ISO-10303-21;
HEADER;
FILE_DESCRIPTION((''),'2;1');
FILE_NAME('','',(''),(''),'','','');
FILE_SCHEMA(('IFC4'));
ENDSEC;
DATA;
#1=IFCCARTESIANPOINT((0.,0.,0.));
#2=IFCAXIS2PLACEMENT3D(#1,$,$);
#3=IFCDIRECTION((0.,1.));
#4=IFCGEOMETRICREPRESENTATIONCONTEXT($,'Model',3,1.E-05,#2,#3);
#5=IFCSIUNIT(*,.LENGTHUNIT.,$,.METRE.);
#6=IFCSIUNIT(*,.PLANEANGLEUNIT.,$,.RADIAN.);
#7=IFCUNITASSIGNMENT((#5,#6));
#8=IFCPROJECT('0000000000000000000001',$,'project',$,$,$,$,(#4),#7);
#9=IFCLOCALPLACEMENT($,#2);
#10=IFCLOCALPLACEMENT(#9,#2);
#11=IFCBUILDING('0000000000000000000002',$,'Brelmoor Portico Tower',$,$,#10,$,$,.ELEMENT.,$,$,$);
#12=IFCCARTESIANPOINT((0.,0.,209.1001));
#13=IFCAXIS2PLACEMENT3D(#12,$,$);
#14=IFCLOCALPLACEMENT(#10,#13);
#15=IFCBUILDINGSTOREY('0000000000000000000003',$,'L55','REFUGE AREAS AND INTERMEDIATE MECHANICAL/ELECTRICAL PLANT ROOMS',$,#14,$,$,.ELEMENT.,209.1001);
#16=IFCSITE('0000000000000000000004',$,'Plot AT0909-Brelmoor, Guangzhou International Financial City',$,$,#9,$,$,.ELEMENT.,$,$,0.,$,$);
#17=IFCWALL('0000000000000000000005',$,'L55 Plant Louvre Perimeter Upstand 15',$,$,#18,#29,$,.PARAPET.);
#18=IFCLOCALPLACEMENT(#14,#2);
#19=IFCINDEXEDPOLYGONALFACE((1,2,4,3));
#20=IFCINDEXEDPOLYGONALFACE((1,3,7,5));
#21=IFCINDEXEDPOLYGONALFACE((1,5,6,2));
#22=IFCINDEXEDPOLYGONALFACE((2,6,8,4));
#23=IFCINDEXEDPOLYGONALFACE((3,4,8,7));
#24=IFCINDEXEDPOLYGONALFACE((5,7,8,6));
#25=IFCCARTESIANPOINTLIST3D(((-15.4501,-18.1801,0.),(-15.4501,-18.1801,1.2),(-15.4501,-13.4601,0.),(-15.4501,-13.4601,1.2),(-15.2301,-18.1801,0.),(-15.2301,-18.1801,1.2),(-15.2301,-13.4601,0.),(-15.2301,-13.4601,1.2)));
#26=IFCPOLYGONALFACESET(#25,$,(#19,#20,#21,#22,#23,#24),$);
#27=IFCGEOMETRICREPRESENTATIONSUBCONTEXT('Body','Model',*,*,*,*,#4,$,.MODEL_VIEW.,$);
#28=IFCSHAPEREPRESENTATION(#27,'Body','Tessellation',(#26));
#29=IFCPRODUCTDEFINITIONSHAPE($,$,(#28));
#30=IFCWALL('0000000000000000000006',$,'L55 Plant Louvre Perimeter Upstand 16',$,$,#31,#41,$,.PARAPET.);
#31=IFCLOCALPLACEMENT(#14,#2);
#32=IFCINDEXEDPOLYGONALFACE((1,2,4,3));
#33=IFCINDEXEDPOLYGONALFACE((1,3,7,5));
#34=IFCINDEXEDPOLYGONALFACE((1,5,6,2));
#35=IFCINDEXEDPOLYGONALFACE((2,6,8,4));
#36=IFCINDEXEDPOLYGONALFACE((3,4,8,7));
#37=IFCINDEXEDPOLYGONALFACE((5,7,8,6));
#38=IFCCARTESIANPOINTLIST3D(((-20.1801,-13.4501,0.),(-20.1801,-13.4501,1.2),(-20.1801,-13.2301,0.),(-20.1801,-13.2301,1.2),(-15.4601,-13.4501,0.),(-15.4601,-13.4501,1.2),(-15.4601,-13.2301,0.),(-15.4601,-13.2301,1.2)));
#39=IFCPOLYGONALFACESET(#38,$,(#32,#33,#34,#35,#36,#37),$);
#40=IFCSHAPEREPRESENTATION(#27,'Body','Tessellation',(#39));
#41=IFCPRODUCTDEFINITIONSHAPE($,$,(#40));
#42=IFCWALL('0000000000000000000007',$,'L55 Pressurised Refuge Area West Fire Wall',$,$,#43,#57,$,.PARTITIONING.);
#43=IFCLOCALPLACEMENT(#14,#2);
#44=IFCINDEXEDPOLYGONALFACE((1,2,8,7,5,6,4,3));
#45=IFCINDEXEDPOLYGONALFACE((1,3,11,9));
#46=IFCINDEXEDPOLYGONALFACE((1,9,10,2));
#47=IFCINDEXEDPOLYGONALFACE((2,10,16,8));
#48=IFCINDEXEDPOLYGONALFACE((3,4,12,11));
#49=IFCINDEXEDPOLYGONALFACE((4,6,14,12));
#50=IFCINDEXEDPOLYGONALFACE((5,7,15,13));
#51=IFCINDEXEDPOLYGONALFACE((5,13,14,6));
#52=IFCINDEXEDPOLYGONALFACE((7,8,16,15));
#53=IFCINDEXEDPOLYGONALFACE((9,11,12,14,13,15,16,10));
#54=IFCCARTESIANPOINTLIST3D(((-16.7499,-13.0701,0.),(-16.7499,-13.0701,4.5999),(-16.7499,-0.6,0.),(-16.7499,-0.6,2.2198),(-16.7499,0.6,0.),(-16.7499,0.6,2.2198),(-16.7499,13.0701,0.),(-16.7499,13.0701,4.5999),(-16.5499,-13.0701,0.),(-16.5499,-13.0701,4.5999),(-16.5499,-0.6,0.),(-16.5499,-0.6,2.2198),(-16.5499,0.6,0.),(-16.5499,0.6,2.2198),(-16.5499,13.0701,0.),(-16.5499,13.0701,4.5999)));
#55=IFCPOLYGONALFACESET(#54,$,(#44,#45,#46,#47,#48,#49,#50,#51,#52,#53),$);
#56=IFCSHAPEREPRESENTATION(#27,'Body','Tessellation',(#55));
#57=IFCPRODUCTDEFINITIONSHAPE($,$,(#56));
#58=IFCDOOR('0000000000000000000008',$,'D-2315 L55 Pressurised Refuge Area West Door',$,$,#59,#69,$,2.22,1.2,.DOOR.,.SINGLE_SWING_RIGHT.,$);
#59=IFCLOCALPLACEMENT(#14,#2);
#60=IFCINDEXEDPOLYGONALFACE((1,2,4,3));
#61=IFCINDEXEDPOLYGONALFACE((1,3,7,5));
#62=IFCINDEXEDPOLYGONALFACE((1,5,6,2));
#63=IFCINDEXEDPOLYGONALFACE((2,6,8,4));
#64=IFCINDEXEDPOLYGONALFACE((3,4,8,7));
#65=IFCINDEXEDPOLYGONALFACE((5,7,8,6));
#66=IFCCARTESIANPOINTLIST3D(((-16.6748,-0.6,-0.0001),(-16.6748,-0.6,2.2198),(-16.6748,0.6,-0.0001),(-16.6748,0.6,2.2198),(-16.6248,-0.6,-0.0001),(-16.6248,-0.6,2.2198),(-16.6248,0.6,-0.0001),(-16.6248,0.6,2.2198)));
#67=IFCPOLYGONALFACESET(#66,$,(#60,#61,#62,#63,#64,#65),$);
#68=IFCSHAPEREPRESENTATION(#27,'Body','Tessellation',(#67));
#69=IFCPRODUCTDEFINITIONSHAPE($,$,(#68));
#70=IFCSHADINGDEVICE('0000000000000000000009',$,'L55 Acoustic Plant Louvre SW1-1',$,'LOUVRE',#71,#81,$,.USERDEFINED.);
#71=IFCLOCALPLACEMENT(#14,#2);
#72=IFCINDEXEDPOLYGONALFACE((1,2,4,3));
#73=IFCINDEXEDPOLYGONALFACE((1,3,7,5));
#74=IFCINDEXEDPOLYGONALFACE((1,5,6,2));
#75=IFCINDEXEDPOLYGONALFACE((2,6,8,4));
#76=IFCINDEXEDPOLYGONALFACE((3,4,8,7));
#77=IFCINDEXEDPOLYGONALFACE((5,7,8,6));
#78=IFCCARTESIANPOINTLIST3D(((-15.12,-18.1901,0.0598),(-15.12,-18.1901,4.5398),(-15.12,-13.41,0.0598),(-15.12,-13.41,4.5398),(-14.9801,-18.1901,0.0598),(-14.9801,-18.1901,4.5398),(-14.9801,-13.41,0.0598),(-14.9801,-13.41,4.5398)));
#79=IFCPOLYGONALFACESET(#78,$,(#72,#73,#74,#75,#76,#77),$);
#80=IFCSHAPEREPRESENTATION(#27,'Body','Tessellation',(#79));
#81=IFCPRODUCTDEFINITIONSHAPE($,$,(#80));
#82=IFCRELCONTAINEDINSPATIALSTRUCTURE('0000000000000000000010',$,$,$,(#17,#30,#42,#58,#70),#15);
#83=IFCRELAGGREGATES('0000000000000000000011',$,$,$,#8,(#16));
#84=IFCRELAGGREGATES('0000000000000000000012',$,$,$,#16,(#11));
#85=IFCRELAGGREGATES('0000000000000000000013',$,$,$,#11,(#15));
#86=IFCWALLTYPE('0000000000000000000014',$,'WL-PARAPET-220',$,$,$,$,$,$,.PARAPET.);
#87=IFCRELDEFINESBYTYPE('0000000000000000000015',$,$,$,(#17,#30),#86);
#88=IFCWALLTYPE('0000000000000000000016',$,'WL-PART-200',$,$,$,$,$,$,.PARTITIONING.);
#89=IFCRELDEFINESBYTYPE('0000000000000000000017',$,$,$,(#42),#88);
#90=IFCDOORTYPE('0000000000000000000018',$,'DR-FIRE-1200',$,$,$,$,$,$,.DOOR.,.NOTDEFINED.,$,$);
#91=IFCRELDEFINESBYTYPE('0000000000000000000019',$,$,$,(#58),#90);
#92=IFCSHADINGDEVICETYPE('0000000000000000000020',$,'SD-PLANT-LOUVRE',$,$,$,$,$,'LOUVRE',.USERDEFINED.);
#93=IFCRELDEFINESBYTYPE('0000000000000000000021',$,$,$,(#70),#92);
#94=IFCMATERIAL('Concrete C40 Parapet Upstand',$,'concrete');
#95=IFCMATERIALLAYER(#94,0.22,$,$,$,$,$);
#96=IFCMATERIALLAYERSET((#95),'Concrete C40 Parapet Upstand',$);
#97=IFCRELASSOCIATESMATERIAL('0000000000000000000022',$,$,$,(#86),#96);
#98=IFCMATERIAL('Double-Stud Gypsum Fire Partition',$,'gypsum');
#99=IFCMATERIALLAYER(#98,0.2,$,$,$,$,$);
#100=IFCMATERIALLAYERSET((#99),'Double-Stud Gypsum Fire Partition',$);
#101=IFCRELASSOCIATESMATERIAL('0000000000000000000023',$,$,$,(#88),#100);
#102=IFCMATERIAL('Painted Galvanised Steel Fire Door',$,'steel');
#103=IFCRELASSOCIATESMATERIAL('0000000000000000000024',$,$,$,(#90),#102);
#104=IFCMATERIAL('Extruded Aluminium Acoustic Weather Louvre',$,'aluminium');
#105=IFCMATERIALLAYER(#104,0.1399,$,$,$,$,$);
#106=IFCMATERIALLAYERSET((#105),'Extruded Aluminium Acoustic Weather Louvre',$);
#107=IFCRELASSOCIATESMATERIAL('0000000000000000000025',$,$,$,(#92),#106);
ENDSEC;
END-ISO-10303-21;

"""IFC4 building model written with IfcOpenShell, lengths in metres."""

from ifc_helpers import new_model, si_unit, direction, frame, frame_2d, origin, origin_2d, place, context, subcontext, project, spatial, rectangle, extrude, material, layer, layer_set, type_object, element, fill, save


model = new_model("IFC4")

# Units and contexts
model_context = context("Model", 3, precision=1e-05, world=origin(), true_north=direction((0.0, 1.0)))
body_context = subcontext(model_context, "Body", "Model", "MODEL_VIEW")
ifc_project = project(units=[si_unit("LENGTHUNIT", "METRE"), si_unit("PLANEANGLEUNIT", "RADIAN")], contexts=[model_context])

# Site, building, storey
site_placement = place(None, origin())
site = spatial("IfcSite", under=ifc_project, at=site_placement, Name="Plot AT0909-Brelmoor, Guangzhou International Financial City", CompositionType="ELEMENT", RefElevation=0.0)
building_placement = place(site_placement, origin())
building = spatial("IfcBuilding", under=site, at=building_placement, Name="Brelmoor Portico Tower", CompositionType="ELEMENT")
storey_placement = place(building_placement, frame((0.0, 0.0, 209.1001)))
storey = spatial("IfcBuildingStorey", under=building, at=storey_placement, Name="L55", Description="REFUGE AREAS AND INTERMEDIATE MECHANICAL/ELECTRICAL PLANT ROOMS", CompositionType="ELEMENT", Elevation=209.1001)

# Walls
ifc_material_1 = material(Name="Concrete C40 Parapet Upstand", Category="concrete")
ifc_layer_1 = layer(ifc_material_1, 0.22)
ifc_layer_set_1 = layer_set([ifc_layer_1], Name="Concrete C40 Parapet Upstand")
wall_type_1 = type_object("IfcWallType", Name="WL-PARAPET-220", PredefinedType="PARAPET", material=ifc_layer_set_1)
for number, where, z_axis, x_axis, name in (
    (1, (-15.3401, -18.1799, 0.0), (0.0, 0.0, 1.0), (0.0, 1.0, 0.0), "L55 Plant Louvre Perimeter Upstand 15"),
    (2, (-20.1799, -13.3401, 0.0), (0.0, 0.0, 1.0), (1.0, 0.0, 0.0), "L55 Plant Louvre Perimeter Upstand 16"),
):
    element("IfcWall", number, at=place(storey_placement, frame(where, z_axis=z_axis, x_axis=x_axis)), inside=storey, type_object=wall_type_1, Name=name, PredefinedType="PARAPET", context=body_context, shape_type="SweptSolid", body=[
        extrude(rectangle(XDim=4.72, YDim=0.22, at=frame_2d((2.3599, 0.0))), origin(), (0.0, 0.0, 1.0), 1.2),
    ])

# Wall, opening, door
ifc_material_2 = material(Name="Double-Stud Gypsum Fire Partition", Category="gypsum")
ifc_layer_2 = layer(ifc_material_2, 0.2)
ifc_layer_set_2 = layer_set([ifc_layer_2], Name="Double-Stud Gypsum Fire Partition")
wall_type_2 = type_object("IfcWallType", Name="WL-PART-200", PredefinedType="PARTITIONING", material=ifc_layer_set_2)
wall_1_placement = place(storey_placement, frame((-16.6499, -13.0701, 0.0), z_axis=(0.0, 0.0, 1.0), x_axis=(0.0, 1.0, 0.0)))
wall_1 = element("IfcWall", 3, at=wall_1_placement, inside=storey, type_object=wall_type_2, Name="L55 Pressurised Refuge Area West Fire Wall", PredefinedType="PARTITIONING", context=body_context, shape_type="SweptSolid", body=[
    extrude(rectangle(XDim=26.1401, YDim=0.2, at=frame_2d((13.0701, 0.0))), origin(), (0.0, 0.0, 1.0), 4.5999),
])
opening_placement = place(wall_1_placement, frame((12.47, 0.0, 0.0)))
opening = element("IfcOpeningElement", 4, at=opening_placement, cuts=wall_1, PredefinedType="OPENING", context=body_context, shape_type="SweptSolid", body=[
    extrude(rectangle(XDim=1.2, YDim=2.22, at=frame_2d((0.6001, 1.1099))), frame((0.0, 0.1099, 0.0), z_axis=(0.0, -1.0, 0.0), x_axis=(1.0, 0.0, 0.0)), (0.0, 0.0, 1.0), 0.22),
])
ifc_material_3 = material(Name="Painted Galvanised Steel Fire Door", Category="steel")
door_type = type_object("IfcDoorType", Name="DR-FIRE-1200", OperationType="NOTDEFINED", PredefinedType="DOOR", material=ifc_material_3)
door_placement = place(opening_placement, origin())
door = element("IfcDoor", 5, at=door_placement, inside=storey, type_object=door_type, Name="D-2315 L55 Pressurised Refuge Area West Door", OperationType="SINGLE_SWING_RIGHT", OverallHeight=2.22, OverallWidth=1.2, PredefinedType="DOOR", context=body_context, shape_type="SweptSolid", body=[
    extrude(rectangle(XDim=1.2, YDim=2.22, at=frame_2d((0.6001, 1.1099))), frame((0.0, 0.0249, 0.0), z_axis=(0.0, -1.0, 0.0), x_axis=(1.0, 0.0, 0.0)), (0.0, 0.0, 1.0), 0.05),
])
fill(opening, door)

# Shading device
ifc_material_4 = material(Name="Extruded Aluminium Acoustic Weather Louvre", Category="aluminium")
ifc_layer_3 = layer(ifc_material_4, 0.1399)
ifc_layer_set_3 = layer_set([ifc_layer_3], Name="Extruded Aluminium Acoustic Weather Louvre")
shading_device_type = type_object("IfcShadingDeviceType", Name="SD-PLANT-LOUVRE", ElementType="LOUVRE", PredefinedType="USERDEFINED", material=ifc_layer_set_3)
shading_device_placement = place(storey_placement, frame((-15.05, -15.8, 0.0598), z_axis=(0.0, 0.0, 1.0), x_axis=(0.0, 1.0, 0.0)))
element("IfcShadingDevice", 6, at=shading_device_placement, inside=storey, type_object=shading_device_type, Name="L55 Acoustic Plant Louvre SW1-1", ObjectType="LOUVRE", PredefinedType="USERDEFINED", context=body_context, shape_type="SweptSolid", body=[
    extrude(rectangle(XDim=4.78, YDim=0.1399, at=origin_2d()), origin(), (0.0, 0.0, 1.0), 4.48),
])

save(model, "model.ifc")
